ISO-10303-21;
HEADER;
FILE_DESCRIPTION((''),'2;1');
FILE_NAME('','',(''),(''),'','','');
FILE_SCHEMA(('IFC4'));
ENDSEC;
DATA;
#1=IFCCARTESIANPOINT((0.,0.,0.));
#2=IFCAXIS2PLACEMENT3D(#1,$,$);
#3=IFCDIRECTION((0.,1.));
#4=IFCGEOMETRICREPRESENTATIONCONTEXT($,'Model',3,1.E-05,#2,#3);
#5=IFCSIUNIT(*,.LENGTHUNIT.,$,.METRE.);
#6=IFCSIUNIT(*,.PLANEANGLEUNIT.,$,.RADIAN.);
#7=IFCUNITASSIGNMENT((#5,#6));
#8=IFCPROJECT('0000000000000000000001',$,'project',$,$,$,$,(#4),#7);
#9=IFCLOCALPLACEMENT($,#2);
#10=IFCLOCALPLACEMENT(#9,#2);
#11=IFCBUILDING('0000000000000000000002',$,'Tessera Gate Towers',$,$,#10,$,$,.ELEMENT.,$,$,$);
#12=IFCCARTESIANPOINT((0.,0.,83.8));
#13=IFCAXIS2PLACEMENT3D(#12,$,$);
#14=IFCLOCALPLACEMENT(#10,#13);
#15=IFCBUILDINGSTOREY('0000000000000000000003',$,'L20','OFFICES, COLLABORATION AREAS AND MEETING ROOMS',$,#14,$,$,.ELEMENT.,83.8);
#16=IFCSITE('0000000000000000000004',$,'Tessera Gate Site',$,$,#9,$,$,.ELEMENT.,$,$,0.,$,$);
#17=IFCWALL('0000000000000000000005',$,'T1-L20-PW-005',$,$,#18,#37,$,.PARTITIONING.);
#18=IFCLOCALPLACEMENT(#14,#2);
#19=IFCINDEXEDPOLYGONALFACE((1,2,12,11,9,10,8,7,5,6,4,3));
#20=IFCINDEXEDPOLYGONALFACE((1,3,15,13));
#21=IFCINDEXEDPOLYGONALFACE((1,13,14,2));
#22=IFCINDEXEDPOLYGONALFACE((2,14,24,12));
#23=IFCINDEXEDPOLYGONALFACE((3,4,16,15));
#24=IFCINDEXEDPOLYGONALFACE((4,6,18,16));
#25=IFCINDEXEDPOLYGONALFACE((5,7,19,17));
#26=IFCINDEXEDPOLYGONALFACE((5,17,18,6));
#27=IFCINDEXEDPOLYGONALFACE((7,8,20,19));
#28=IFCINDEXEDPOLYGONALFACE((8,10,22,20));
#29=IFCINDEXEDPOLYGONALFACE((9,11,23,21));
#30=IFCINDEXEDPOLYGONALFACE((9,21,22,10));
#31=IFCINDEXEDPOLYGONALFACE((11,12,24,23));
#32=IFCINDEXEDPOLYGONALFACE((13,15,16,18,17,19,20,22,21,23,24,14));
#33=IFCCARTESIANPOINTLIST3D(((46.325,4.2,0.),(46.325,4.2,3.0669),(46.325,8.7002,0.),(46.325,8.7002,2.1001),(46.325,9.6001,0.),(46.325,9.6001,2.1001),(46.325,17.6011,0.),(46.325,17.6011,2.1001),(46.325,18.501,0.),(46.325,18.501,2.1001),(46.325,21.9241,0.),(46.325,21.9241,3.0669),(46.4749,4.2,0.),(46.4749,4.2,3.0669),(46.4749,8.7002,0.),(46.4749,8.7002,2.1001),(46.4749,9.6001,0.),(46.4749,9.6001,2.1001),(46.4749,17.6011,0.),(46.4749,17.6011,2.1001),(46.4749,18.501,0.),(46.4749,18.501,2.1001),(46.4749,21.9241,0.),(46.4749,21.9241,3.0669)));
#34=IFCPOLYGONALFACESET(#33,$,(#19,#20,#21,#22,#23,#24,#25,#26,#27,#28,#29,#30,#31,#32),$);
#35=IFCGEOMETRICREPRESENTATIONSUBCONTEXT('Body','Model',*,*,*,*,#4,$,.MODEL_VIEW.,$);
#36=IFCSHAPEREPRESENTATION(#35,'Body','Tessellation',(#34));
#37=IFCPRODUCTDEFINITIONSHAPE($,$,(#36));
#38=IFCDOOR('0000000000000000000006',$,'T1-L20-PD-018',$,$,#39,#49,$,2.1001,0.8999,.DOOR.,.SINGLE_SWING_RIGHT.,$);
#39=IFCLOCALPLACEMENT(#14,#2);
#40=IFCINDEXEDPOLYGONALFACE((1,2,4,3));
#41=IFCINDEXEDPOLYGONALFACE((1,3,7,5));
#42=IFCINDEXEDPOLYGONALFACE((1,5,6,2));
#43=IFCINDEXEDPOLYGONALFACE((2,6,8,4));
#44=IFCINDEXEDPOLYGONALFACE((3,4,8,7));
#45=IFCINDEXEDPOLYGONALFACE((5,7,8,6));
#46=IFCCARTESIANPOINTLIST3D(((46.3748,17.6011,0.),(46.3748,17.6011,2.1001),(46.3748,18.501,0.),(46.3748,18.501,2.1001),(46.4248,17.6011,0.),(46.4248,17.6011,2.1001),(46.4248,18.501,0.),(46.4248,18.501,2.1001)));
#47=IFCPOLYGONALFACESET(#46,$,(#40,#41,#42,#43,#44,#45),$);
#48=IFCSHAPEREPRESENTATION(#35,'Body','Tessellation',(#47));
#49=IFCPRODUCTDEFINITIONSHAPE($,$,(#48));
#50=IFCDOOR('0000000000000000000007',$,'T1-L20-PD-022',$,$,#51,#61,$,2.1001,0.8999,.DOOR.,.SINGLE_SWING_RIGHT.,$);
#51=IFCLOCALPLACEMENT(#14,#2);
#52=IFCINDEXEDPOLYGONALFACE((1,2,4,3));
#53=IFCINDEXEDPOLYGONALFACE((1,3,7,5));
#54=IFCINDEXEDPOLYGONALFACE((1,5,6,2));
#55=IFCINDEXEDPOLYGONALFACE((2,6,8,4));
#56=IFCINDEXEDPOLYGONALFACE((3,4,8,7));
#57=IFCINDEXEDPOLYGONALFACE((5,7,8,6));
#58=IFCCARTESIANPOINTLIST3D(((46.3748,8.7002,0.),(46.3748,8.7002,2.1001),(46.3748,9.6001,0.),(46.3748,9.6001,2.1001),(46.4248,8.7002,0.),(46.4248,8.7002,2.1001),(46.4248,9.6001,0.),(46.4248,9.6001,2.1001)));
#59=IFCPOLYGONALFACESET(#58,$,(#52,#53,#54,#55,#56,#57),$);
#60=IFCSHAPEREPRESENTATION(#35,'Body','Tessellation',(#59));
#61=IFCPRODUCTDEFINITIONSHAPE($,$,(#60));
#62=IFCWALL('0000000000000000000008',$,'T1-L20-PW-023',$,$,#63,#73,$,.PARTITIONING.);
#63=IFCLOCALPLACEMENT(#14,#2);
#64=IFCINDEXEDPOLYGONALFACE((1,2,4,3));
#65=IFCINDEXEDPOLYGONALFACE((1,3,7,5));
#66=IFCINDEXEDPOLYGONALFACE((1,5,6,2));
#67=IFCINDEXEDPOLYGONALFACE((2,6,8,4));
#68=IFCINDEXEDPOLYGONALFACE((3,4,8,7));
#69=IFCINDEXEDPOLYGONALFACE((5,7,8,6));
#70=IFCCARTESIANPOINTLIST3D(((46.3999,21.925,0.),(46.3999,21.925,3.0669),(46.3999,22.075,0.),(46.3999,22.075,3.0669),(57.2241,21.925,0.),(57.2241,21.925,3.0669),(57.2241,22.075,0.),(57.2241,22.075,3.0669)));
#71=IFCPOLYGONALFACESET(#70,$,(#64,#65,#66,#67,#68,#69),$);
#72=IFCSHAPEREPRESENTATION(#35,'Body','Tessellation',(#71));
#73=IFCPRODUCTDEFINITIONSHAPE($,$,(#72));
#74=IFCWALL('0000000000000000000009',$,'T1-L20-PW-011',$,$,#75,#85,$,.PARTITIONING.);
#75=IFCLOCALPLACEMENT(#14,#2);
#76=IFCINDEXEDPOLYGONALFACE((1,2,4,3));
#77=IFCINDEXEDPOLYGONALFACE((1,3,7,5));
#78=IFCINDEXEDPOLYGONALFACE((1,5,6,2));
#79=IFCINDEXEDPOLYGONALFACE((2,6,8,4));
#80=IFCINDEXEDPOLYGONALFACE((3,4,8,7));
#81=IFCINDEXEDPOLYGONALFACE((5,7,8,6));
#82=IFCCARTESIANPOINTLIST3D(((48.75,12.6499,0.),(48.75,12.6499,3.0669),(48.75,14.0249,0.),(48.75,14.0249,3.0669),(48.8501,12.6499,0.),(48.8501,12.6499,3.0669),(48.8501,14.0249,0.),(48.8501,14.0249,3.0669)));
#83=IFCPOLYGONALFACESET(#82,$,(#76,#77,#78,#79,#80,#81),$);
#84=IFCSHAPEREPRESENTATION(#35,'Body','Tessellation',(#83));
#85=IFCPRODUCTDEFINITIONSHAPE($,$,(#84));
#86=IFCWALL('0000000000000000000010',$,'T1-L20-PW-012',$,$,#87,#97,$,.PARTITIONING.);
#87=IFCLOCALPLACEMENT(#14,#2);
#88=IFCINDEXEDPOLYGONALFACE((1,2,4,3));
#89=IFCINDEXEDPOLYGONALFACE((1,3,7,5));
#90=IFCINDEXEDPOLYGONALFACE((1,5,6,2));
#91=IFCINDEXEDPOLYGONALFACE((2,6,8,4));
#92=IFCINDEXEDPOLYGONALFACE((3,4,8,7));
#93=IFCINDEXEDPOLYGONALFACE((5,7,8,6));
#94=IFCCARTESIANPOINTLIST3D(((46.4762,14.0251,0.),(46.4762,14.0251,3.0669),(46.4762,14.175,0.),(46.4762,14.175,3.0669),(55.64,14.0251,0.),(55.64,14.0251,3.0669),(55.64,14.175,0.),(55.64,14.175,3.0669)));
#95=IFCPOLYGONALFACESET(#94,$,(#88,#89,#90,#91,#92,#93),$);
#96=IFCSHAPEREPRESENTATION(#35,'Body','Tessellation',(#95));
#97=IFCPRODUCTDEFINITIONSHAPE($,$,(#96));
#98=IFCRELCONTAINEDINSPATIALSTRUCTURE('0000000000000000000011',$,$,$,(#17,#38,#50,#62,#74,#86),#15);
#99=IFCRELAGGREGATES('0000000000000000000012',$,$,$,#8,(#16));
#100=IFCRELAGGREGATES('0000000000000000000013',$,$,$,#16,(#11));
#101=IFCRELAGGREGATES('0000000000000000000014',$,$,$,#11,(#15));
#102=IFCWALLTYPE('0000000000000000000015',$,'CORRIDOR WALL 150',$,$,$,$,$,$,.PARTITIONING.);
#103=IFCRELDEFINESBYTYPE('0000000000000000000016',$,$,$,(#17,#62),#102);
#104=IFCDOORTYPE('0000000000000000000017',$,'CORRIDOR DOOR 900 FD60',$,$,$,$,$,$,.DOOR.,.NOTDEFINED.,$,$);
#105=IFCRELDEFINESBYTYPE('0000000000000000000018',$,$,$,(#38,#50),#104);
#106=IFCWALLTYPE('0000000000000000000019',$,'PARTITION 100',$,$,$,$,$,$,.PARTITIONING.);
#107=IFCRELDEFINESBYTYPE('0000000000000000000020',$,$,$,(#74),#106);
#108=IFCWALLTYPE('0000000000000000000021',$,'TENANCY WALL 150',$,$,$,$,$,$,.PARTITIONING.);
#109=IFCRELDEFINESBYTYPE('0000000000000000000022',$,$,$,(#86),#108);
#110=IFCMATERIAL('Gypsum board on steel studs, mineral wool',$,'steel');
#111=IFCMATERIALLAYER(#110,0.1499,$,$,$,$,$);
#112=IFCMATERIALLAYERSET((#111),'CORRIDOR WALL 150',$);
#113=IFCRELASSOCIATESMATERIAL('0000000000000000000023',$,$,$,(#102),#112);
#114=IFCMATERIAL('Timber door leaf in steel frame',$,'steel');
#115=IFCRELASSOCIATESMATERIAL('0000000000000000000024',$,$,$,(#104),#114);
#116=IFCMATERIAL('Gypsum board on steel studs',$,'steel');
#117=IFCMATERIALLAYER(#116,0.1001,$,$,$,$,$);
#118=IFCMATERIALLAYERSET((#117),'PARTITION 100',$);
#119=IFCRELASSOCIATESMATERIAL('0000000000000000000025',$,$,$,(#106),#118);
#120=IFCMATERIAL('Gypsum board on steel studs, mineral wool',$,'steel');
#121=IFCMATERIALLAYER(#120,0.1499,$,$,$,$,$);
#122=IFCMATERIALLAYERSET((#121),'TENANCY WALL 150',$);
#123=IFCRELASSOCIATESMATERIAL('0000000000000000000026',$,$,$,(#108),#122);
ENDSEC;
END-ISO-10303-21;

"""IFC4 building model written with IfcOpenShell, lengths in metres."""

from ifc_helpers import new_model, si_unit, direction, frame, frame_2d, origin, place, context, subcontext, project, spatial, rectangle, extrude, source, transform, mapped, material, layer, layer_set, type_object, element, fill, save


model = new_model("IFC4")

# Units and contexts
model_context = context("Model", 3, precision=1e-05, world=origin(), true_north=direction((0.0, 1.0)))
body_context = subcontext(model_context, "Body", "Model", "MODEL_VIEW")
ifc_project = project(units=[si_unit("LENGTHUNIT", "METRE"), si_unit("PLANEANGLEUNIT", "RADIAN")], contexts=[model_context])

# Site, building, storey
site_placement = place(None, origin())
site = spatial("IfcSite", under=ifc_project, at=site_placement, Name="Tessera Gate Site", CompositionType="ELEMENT", RefElevation=0.0)
building_placement = place(site_placement, origin())
building = spatial("IfcBuilding", under=site, at=building_placement, Name="Tessera Gate Towers", CompositionType="ELEMENT")
storey_placement = place(building_placement, frame((0.0, 0.0, 83.8)))
storey = spatial("IfcBuildingStorey", under=building, at=storey_placement, Name="L20", Description="OFFICES, COLLABORATION AREAS AND MEETING ROOMS", CompositionType="ELEMENT", Elevation=83.8)

# Wall, openings, doors
ifc_material_1 = material(Name="Gypsum board on steel studs, mineral wool", Category="steel")
ifc_layer_1 = layer(ifc_material_1, 0.1499)
ifc_layer_set_1 = layer_set([ifc_layer_1], Name="CORRIDOR WALL 150")
wall_type_1 = type_object("IfcWallType", Name="CORRIDOR WALL 150", PredefinedType="PARTITIONING", material=ifc_layer_set_1)
wall_1_placement = place(storey_placement, frame((46.3999, 21.9241, 0.0), z_axis=(0.0, 0.0, 1.0), x_axis=(0.0, -1.0, 0.0)))
wall_1 = element("IfcWall", 1, at=wall_1_placement, inside=storey, type_object=wall_type_1, Name="T1-L20-PW-005", PredefinedType="PARTITIONING", context=body_context, shape_type="SweptSolid", body=[
    extrude(rectangle(XDim=17.7241, YDim=0.1499, at=frame_2d((8.8621, 0.0))), origin(), (0.0, 0.0, 1.0), 3.0669),
])
shared_shape_1 = source(origin(), body_context, "Body", "SweptSolid", [
    extrude(rectangle(XDim=0.8999, YDim=2.1001, at=frame_2d((0.45, 1.05))), frame((0.0, 0.085, 0.0), z_axis=(0.0, -1.0, 0.0), x_axis=(1.0, 0.0, 0.0)), (0.0, 0.0, 1.0), 0.1699),
])
opening_1_placement = place(wall_1_placement, frame((3.4231, 0.0, 0.0)))
opening_1 = element("IfcOpeningElement", 2, at=opening_1_placement, cuts=wall_1, PredefinedType="OPENING", context=body_context, shape_type="MappedRepresentation", body=[
    mapped(shared_shape_1, transform((0.0, 0.0, 0.0), scale=1.0)),
])
opening_2_placement = place(wall_1_placement, frame((12.324, 0.0, 0.0)))
opening_2 = element("IfcOpeningElement", 3, at=opening_2_placement, cuts=wall_1, PredefinedType="OPENING", context=body_context, shape_type="MappedRepresentation", body=[
    mapped(shared_shape_1, transform((0.0, 0.0, 0.0), scale=1.0)),
])
ifc_material_2 = material(Name="Timber door leaf in steel frame", Category="steel")
door_type = type_object("IfcDoorType", Name="CORRIDOR DOOR 900 FD60", OperationType="NOTDEFINED", PredefinedType="DOOR", material=ifc_material_2)
shared_shape_2 = source(origin(), body_context, "Body", "SweptSolid", [
    extrude(rectangle(XDim=0.8999, YDim=2.1001, at=frame_2d((0.45, 1.05))), frame((0.0, 0.0249, 0.0), z_axis=(0.0, -1.0, 0.0), x_axis=(1.0, 0.0, 0.0)), (0.0, 0.0, 1.0), 0.05),
])
door_1_placement = place(opening_1_placement, origin())
door_1 = element("IfcDoor", 4, at=door_1_placement, inside=storey, type_object=door_type, Name="T1-L20-PD-018", OperationType="SINGLE_SWING_RIGHT", OverallHeight=2.1001, OverallWidth=0.8999, PredefinedType="DOOR", context=body_context, shape_type="MappedRepresentation", body=[
    mapped(shared_shape_2, transform((0.0, 0.0, 0.0), scale=1.0)),
])
fill(opening_1, door_1)
door_2_placement = place(opening_2_placement, origin())
door_2 = element("IfcDoor", 5, at=door_2_placement, inside=storey, type_object=door_type, Name="T1-L20-PD-022", OperationType="SINGLE_SWING_RIGHT", OverallHeight=2.1001, OverallWidth=0.8999, PredefinedType="DOOR", context=body_context, shape_type="MappedRepresentation", body=[
    mapped(shared_shape_2, transform((0.0, 0.0, 0.0), scale=1.0)),
])
fill(opening_2, door_2)

# Walls
wall_2_placement = place(storey_placement, frame((46.3999, 22.0, 0.0), z_axis=(0.0, 0.0, 1.0), x_axis=(1.0, 0.0, 0.0)))
element("IfcWall", 6, at=wall_2_placement, inside=storey, type_object=wall_type_1, Name="T1-L20-PW-023", PredefinedType="PARTITIONING", context=body_context, shape_type="SweptSolid", body=[
    extrude(rectangle(XDim=10.8242, YDim=0.1499, at=frame_2d((5.4121, 0.0))), origin(), (0.0, 0.0, 1.0), 3.0669),
])
ifc_material_3 = material(Name="Gypsum board on steel studs", Category="steel")
ifc_layer_2 = layer(ifc_material_3, 0.1001)
ifc_layer_set_2 = layer_set([ifc_layer_2], Name="PARTITION 100")
wall_type_2 = type_object("IfcWallType", Name="PARTITION 100", PredefinedType="PARTITIONING", material=ifc_layer_set_2)
wall_3_placement = place(storey_placement, frame((48.8, 12.6499, 0.0), z_axis=(0.0, 0.0, 1.0), x_axis=(0.0, 1.0, 0.0)))
element("IfcWall", 7, at=wall_3_placement, inside=storey, type_object=wall_type_2, Name="T1-L20-PW-011", PredefinedType="PARTITIONING", context=body_context, shape_type="SweptSolid", body=[
    extrude(rectangle(XDim=1.375, YDim=0.1001, at=frame_2d((0.6875, 0.0))), origin(), (0.0, 0.0, 1.0), 3.0669),
])
ifc_material_4 = material(Name="Gypsum board on steel studs, mineral wool", Category="steel")
ifc_layer_3 = layer(ifc_material_4, 0.1499)
ifc_layer_set_3 = layer_set([ifc_layer_3], Name="TENANCY WALL 150")
wall_type_3 = type_object("IfcWallType", Name="TENANCY WALL 150", PredefinedType="PARTITIONING", material=ifc_layer_set_3)
wall_4_placement = place(storey_placement, frame((46.4761, 14.1001, 0.0), z_axis=(0.0, 0.0, 1.0), x_axis=(1.0, 0.0, 0.0)))
element("IfcWall", 8, at=wall_4_placement, inside=storey, type_object=wall_type_3, Name="T1-L20-PW-012", PredefinedType="PARTITIONING", context=body_context, shape_type="SweptSolid", body=[
    extrude(rectangle(XDim=9.1638, YDim=0.1499, at=frame_2d((4.582, 0.0))), origin(), (0.0, 0.0, 1.0), 3.0669),
])

save(model, "model.ifc")
